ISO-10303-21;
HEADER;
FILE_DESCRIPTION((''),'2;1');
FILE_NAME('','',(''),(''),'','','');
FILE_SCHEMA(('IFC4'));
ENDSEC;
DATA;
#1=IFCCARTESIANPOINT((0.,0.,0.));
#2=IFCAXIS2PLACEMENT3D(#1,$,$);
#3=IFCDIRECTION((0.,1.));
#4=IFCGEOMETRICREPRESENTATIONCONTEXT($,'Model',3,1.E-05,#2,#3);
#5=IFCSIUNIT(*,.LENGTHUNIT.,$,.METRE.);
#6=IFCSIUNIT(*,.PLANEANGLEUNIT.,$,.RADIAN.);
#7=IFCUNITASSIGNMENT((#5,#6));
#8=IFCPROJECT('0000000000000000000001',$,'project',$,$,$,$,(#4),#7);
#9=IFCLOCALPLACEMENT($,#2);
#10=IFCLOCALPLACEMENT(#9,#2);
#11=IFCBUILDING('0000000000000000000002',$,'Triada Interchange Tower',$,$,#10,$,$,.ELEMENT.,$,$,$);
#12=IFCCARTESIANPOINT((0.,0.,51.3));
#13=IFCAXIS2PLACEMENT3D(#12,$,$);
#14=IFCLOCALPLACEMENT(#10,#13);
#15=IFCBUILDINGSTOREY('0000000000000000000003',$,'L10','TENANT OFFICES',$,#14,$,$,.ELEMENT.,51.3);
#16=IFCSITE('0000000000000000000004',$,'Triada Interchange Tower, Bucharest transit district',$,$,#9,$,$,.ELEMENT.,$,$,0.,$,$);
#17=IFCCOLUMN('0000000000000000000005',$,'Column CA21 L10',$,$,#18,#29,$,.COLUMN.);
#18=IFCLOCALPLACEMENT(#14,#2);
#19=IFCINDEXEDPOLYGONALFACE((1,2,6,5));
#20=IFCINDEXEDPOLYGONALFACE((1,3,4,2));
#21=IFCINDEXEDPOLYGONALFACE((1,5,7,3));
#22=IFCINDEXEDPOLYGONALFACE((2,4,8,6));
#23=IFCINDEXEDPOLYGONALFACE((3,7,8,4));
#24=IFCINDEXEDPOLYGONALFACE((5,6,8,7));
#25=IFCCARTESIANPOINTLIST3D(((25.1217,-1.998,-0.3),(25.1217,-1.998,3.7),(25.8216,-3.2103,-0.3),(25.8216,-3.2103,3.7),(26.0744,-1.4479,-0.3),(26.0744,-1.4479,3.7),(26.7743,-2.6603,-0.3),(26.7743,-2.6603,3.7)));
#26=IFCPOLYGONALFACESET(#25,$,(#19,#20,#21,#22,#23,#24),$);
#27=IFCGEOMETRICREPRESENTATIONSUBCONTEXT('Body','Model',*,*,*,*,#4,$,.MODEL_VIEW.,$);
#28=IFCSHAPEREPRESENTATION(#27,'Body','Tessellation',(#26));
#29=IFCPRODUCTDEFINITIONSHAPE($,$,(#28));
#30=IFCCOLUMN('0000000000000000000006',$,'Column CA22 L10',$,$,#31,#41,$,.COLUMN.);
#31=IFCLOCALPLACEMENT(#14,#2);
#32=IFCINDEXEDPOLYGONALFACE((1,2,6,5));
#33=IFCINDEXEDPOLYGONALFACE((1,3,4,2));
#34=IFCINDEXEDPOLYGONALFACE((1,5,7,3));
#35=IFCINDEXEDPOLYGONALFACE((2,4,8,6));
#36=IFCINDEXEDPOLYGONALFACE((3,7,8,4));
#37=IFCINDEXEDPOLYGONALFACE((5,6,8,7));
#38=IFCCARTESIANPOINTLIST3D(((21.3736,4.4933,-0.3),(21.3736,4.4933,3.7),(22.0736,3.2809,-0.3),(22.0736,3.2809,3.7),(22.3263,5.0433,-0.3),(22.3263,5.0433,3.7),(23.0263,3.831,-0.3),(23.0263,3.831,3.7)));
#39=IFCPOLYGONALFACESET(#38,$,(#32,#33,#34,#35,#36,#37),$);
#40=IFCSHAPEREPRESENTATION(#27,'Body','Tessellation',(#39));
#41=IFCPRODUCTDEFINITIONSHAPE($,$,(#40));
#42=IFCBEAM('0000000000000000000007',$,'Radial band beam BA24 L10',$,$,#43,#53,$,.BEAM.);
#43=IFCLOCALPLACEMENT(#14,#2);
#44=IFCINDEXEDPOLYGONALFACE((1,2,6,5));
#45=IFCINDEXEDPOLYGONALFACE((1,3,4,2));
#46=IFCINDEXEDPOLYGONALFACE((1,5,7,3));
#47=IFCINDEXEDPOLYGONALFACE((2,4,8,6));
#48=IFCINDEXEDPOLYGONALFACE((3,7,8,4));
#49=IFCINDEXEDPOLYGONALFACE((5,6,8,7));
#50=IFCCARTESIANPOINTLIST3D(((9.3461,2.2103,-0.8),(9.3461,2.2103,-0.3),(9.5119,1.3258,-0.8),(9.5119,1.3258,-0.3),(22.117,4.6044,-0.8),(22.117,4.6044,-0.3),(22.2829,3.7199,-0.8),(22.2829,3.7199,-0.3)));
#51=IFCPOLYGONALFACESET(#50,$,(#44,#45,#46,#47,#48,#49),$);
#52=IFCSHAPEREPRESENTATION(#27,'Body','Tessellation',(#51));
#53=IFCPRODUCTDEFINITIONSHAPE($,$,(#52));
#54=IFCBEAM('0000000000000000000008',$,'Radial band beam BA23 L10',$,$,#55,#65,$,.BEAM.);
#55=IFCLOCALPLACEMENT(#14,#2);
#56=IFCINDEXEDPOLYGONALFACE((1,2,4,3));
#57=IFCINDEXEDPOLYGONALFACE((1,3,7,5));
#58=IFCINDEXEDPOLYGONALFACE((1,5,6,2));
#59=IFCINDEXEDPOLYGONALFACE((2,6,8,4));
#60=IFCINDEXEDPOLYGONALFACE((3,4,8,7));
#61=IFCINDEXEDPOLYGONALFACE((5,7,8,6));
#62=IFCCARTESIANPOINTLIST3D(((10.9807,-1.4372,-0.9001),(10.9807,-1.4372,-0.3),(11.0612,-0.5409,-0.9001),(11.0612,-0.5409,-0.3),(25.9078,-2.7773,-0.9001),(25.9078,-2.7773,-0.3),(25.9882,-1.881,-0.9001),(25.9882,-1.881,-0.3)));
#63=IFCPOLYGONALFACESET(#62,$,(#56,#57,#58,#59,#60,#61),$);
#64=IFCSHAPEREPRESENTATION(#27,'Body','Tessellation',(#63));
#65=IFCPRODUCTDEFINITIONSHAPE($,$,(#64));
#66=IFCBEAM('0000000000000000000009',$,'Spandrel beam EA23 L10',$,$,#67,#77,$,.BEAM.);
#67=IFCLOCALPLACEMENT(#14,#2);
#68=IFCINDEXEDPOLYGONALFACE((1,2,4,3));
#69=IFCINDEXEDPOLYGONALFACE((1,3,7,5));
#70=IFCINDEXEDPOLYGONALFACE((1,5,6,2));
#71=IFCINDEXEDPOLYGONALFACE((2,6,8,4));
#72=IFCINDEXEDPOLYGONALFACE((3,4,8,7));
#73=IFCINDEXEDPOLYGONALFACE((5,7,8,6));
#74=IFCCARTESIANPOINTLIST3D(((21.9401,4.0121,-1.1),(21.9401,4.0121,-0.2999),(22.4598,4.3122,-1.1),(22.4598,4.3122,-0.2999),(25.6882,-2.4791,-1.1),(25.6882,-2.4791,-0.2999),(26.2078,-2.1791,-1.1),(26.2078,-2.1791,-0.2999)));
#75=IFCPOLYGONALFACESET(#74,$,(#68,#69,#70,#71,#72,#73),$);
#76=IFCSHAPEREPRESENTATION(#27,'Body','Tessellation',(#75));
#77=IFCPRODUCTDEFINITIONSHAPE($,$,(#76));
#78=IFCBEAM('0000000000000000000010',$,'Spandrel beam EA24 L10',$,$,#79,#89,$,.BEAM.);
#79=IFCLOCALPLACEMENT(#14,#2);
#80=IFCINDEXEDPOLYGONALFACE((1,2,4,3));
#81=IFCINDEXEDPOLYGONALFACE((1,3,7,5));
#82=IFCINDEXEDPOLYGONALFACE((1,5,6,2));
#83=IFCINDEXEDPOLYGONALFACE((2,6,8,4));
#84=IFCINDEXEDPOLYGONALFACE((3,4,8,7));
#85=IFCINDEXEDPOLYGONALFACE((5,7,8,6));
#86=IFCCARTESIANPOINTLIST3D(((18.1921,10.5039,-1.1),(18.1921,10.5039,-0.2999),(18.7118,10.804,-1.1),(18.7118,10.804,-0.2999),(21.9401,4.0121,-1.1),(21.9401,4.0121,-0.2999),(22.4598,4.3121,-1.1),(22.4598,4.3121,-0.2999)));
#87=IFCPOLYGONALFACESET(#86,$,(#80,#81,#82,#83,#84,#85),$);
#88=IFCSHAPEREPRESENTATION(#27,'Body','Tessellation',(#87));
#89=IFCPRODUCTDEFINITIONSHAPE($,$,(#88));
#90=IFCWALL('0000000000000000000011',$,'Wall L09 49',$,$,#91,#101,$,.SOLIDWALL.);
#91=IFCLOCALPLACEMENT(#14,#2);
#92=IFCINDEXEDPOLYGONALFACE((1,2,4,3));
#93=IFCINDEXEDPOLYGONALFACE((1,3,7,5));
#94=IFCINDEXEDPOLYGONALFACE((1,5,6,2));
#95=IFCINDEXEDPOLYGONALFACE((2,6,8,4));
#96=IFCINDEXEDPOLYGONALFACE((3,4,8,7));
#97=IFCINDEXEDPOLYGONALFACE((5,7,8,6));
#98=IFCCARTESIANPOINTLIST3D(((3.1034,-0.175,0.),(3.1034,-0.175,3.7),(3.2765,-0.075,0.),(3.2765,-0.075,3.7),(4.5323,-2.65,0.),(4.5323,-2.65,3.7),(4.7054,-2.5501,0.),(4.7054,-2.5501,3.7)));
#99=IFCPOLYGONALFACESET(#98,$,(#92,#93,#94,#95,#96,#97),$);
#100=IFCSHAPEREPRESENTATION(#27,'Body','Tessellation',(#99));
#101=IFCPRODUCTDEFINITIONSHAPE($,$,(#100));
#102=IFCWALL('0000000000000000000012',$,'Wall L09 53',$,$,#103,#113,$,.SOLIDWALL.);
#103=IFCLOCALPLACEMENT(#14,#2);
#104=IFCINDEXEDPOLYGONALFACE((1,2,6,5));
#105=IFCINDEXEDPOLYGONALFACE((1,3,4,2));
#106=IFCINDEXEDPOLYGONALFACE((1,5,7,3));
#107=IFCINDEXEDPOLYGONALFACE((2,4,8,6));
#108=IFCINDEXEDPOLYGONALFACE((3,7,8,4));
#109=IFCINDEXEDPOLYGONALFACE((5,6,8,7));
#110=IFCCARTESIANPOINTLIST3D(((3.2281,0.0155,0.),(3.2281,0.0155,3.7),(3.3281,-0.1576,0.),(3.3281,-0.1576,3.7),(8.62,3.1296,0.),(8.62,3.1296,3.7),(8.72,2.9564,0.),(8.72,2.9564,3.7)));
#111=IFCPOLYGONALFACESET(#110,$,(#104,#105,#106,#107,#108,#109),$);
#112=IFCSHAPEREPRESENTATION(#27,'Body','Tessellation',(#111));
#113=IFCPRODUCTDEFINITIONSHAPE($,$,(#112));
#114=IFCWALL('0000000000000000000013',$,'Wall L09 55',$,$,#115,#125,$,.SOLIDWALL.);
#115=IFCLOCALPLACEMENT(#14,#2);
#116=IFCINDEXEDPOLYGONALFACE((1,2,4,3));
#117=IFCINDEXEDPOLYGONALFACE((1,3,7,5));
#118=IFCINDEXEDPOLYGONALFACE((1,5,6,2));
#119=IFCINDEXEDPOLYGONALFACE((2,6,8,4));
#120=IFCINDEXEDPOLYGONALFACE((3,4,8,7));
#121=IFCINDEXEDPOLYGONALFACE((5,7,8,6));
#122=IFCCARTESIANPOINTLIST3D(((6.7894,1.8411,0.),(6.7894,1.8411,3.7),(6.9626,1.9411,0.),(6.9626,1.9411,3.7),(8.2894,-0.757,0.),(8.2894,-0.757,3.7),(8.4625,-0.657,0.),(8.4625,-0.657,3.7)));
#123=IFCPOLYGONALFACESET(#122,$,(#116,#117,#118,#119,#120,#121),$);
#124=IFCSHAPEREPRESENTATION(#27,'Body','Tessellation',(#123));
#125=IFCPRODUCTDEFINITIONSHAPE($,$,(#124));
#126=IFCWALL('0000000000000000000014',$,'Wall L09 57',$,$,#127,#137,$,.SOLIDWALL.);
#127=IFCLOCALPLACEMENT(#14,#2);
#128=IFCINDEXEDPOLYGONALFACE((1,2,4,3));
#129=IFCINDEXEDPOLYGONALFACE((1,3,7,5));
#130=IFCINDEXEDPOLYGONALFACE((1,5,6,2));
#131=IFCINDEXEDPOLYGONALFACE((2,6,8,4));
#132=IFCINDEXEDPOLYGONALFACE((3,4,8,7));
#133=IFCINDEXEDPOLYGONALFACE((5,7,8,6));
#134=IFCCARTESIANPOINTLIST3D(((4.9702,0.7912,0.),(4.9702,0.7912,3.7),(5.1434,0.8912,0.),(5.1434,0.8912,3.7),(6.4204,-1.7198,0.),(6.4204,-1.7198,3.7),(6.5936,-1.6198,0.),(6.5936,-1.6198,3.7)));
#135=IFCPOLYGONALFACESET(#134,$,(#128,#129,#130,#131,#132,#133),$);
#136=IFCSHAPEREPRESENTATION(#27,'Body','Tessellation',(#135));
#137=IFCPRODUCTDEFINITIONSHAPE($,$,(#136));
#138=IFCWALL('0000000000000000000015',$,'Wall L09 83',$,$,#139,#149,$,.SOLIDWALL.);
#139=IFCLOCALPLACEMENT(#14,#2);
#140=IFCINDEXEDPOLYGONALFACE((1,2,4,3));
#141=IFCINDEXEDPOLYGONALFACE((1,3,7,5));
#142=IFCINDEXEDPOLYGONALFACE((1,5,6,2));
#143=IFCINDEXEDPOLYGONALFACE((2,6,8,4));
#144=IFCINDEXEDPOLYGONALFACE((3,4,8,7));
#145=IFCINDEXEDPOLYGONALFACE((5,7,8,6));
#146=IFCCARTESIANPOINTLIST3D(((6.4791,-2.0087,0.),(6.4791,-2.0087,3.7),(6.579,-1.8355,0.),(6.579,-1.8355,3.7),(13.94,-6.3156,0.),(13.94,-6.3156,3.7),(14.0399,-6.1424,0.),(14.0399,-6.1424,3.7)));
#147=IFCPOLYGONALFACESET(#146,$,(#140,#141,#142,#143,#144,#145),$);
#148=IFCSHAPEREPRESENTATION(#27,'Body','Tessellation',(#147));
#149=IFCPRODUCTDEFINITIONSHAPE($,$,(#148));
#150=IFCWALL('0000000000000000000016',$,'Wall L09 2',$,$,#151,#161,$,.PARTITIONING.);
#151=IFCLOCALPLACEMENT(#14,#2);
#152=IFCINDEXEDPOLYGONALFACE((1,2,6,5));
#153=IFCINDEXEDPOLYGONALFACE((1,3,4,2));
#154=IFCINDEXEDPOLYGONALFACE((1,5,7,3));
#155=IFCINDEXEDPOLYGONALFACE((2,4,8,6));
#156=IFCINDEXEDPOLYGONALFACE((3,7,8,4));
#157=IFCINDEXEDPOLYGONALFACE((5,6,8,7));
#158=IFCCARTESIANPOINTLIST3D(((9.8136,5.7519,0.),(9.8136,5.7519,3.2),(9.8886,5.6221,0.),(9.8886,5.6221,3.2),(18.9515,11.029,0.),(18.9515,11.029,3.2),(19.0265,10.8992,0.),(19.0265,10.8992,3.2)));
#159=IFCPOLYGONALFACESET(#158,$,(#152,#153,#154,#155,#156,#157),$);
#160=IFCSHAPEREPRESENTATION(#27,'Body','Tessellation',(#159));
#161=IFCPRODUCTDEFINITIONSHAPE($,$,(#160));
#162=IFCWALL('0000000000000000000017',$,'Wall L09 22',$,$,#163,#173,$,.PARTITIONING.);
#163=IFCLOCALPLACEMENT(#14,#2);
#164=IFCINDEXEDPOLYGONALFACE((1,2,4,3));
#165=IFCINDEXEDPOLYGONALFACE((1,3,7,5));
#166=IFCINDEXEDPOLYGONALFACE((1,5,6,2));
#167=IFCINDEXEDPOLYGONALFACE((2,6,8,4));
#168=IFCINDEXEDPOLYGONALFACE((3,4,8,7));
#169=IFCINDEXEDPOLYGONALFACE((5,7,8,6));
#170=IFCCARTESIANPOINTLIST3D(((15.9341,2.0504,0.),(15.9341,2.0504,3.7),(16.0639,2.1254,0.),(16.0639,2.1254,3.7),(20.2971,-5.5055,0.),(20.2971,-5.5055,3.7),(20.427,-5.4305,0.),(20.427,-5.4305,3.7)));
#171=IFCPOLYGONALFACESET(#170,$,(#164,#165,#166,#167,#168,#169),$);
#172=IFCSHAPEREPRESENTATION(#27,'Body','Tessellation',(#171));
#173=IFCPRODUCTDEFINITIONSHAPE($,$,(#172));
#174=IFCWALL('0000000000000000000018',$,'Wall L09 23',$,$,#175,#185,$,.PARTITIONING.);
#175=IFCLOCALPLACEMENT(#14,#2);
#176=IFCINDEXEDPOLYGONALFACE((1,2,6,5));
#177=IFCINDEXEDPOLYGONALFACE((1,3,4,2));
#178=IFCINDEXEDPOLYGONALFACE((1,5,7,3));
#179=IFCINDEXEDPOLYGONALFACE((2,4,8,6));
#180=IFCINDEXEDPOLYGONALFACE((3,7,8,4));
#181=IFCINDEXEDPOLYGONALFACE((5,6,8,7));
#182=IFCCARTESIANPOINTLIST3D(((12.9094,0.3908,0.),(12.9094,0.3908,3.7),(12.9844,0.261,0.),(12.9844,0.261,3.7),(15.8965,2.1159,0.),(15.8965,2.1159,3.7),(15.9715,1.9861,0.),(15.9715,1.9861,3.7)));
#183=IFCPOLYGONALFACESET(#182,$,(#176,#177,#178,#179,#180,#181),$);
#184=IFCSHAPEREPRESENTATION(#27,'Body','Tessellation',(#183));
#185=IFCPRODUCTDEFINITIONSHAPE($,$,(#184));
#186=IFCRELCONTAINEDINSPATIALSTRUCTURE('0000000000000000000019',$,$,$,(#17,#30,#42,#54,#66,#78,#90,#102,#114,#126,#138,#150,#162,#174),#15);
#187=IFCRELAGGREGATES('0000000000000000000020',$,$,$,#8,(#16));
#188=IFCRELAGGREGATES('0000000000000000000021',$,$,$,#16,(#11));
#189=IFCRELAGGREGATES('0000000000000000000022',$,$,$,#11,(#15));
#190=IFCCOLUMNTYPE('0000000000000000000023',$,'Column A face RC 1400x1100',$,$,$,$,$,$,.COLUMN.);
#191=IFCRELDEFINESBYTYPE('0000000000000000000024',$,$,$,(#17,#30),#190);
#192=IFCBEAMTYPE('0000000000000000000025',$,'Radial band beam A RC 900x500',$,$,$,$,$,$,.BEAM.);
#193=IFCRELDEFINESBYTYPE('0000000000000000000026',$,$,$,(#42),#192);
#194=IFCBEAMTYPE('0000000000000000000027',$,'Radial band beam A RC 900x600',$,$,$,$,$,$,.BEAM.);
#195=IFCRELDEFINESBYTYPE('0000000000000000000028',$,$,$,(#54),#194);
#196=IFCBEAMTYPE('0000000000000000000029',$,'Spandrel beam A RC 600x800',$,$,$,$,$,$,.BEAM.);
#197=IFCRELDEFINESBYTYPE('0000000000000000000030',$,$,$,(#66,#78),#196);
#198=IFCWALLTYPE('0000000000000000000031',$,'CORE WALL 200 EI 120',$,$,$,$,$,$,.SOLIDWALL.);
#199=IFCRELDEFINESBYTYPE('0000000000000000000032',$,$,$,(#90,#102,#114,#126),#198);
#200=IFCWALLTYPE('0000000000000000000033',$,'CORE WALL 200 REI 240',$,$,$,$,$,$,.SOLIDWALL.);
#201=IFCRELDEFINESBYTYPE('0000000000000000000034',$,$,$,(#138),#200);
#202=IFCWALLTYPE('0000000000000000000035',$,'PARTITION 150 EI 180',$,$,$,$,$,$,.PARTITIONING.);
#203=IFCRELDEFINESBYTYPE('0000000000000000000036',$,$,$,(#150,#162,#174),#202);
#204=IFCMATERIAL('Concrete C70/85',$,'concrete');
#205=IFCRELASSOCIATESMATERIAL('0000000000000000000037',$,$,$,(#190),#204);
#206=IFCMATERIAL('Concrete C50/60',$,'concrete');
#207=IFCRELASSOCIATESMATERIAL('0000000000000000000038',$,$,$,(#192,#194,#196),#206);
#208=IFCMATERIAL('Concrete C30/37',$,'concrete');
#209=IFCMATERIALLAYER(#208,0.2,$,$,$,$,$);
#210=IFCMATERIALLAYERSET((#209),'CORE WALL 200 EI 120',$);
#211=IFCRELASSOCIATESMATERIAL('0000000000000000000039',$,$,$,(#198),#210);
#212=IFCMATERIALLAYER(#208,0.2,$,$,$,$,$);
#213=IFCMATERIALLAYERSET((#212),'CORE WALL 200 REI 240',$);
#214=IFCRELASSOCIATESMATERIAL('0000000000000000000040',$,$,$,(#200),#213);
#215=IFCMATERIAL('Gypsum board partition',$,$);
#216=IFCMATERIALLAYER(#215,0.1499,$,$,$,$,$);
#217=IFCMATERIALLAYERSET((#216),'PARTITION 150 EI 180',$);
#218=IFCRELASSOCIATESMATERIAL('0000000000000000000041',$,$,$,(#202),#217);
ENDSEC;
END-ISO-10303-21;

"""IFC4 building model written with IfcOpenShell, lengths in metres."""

from ifc_helpers import new_model, si_unit, direction, frame, frame_2d, origin, origin_2d, place, context, subcontext, project, spatial, rectangle, extrude, material, layer, layer_set, material_profile, profile_set, type_object, element, save


model = new_model("IFC4")

# Units and contexts
model_context = context("Model", 3, precision=1e-05, world=origin(), true_north=direction((0.0, 1.0)))
body_context = subcontext(model_context, "Body", "Model", "MODEL_VIEW")
ifc_project = project(units=[si_unit("LENGTHUNIT", "METRE"), si_unit("PLANEANGLEUNIT", "RADIAN")], contexts=[model_context])

# Site, building, storey
site_placement = place(None, origin())
site = spatial("IfcSite", under=ifc_project, at=site_placement, Name="Triada Interchange Tower, Bucharest transit district", CompositionType="ELEMENT", RefElevation=0.0)
building_placement = place(site_placement, origin())
building = spatial("IfcBuilding", under=site, at=building_placement, Name="Triada Interchange Tower", CompositionType="ELEMENT")
storey_placement = place(building_placement, frame((0.0, 0.0, 51.3)))
storey = spatial("IfcBuildingStorey", under=building, at=storey_placement, Name="L10", Description="TENANT OFFICES", CompositionType="ELEMENT", Elevation=51.3)

# Columns
ifc_material_1 = material(Name="Concrete C70/85", Category="concrete")
ifc_material_profile_1 = material_profile(ifc_material_1, rectangle(XDim=1.3999, YDim=1.1001, at=origin_2d()), Name="RC 1400x1100")
ifc_profile_set_1 = profile_set([ifc_material_profile_1], Name="Concrete C70/85")
column_type = type_object("IfcColumnType", Name="Column A face RC 1400x1100", PredefinedType="COLUMN", material=ifc_profile_set_1)
for number, where, z_axis, x_axis, name in (
    (1, (25.948, -2.3291, -0.3), (0.0, 0.0, 1.0), (-0.5, 0.866025, 0.0), "Column CA21 L10"),
    (2, (22.2, 4.1621, -0.3), (0.0, 0.0, 1.0), (-0.5, 0.866025, 0.0), "Column CA22 L10"),
):
    element("IfcColumn", number, at=place(storey_placement, frame(where, z_axis=z_axis, x_axis=x_axis)), inside=storey, type_object=column_type, Name=name, PredefinedType="COLUMN", context=body_context, shape_type="SweptSolid", body=[
        extrude(rectangle(XDim=1.3999, YDim=1.1001, at=origin_2d()), origin(), (0.0, 0.0, 1.0), 4.0),
    ])

# Beams
ifc_material_2 = material(Name="Concrete C50/60", Category="concrete")
ifc_material_profile_2 = material_profile(ifc_material_2, rectangle(XDim=0.8999, YDim=0.5, at=origin_2d()), Name="RC 900x500")
ifc_profile_set_2 = profile_set([ifc_material_profile_2], Name="Concrete C50/60")
beam_type_1 = type_object("IfcBeamType", Name="Radial band beam A RC 900x500", PredefinedType="BEAM", material=ifc_profile_set_2)
beam_1_placement = place(storey_placement, frame((22.2, 4.1621, -0.55), z_axis=(-0.982879, -0.18425, 0.0), x_axis=(0.18425, -0.982879, 0.0)))
element("IfcBeam", 3, at=beam_1_placement, inside=storey, type_object=beam_type_1, Name="Radial band beam BA24 L10", PredefinedType="BEAM", context=body_context, shape_type="SweptSolid", body=[
    extrude(rectangle(XDim=0.8999, YDim=0.5, at=origin_2d()), origin(), (0.0, 0.0, 1.0), 12.9934),
])
ifc_material_profile_3 = material_profile(ifc_material_2, rectangle(XDim=0.8999, YDim=0.6001, at=origin_2d()), Name="RC 900x600")
ifc_profile_set_3 = profile_set([ifc_material_profile_3], Name="Concrete C50/60")
beam_type_2 = type_object("IfcBeamType", Name="Radial band beam A RC 900x600", PredefinedType="BEAM", material=ifc_profile_set_3)
beam_2_placement = place(storey_placement, frame((25.948, -2.3291, -0.6001), z_axis=(-0.995994, 0.089416, 0.0), x_axis=(-0.089416, -0.995994, 0.0)))
element("IfcBeam", 4, at=beam_2_placement, inside=storey, type_object=beam_type_2, Name="Radial band beam BA23 L10", PredefinedType="BEAM", context=body_context, shape_type="SweptSolid", body=[
    extrude(rectangle(XDim=0.8999, YDim=0.6001, at=origin_2d()), origin(), (0.0, 0.0, 1.0), 14.9871),
])
ifc_material_profile_4 = material_profile(ifc_material_2, rectangle(XDim=0.6001, YDim=0.8, at=origin_2d()), Name="RC 600x800")
ifc_profile_set_4 = profile_set([ifc_material_profile_4], Name="Concrete C50/60")
beam_type_3 = type_object("IfcBeamType", Name="Spandrel beam A RC 600x800", PredefinedType="BEAM", material=ifc_profile_set_4)
beam_3_placement = place(storey_placement, frame((25.948, -2.3291, -0.7), z_axis=(-0.500034, 0.866006, 0.0), x_axis=(-0.866006, -0.500034, 0.0)))
element("IfcBeam", 5, at=beam_3_placement, inside=storey, type_object=beam_type_3, Name="Spandrel beam EA23 L10", PredefinedType="BEAM", context=body_context, shape_type="SweptSolid", body=[
    extrude(rectangle(XDim=0.6001, YDim=0.8, at=origin_2d()), origin(), (0.0, 0.0, 1.0), 7.4956),
])
beam_4_placement = place(storey_placement, frame((22.2, 4.1621, -0.7), z_axis=(-0.499992, 0.86603, 0.0), x_axis=(-0.86603, -0.499992, 0.0)))
element("IfcBeam", 6, at=beam_4_placement, inside=storey, type_object=beam_type_3, Name="Spandrel beam EA24 L10", PredefinedType="BEAM", context=body_context, shape_type="SweptSolid", body=[
    extrude(rectangle(XDim=0.6001, YDim=0.8, at=origin_2d()), origin(), (0.0, 0.0, 1.0), 7.4961),
])

# Walls
ifc_material_3 = material(Name="Concrete C30/37", Category="concrete")
ifc_layer_1 = layer(ifc_material_3, 0.2)
ifc_layer_set_1 = layer_set([ifc_layer_1], Name="CORE WALL 200 EI 120")
wall_type_1 = type_object("IfcWallType", Name="CORE WALL 200 EI 120", PredefinedType="SOLIDWALL", material=ifc_layer_set_1)
wall_1_placement = place(storey_placement, frame((3.1899, -0.125, 0.0), z_axis=(0.0, 0.0, 1.0), x_axis=(0.499989, -0.866032, 0.0)))
element("IfcWall", 7, at=wall_1_placement, inside=storey, type_object=wall_type_1, Name="Wall L09 49", PredefinedType="SOLIDWALL", context=body_context, shape_type="SweptSolid", body=[
    extrude(rectangle(XDim=2.8579, YDim=0.2, at=frame_2d((1.429, 0.0))), origin(), (0.0, 0.0, 1.0), 3.7),
])
wall_2_placement = place(storey_placement, frame((3.2781, -0.071, 0.0), z_axis=(0.0, 0.0, 1.0), x_axis=(0.865954, 0.500124, 0.0)))
element("IfcWall", 8, at=wall_2_placement, inside=storey, type_object=wall_type_1, Name="Wall L09 53", PredefinedType="SOLIDWALL", context=body_context, shape_type="SweptSolid", body=[
    extrude(rectangle(XDim=6.2266, YDim=0.2, at=frame_2d((3.1133, 0.0))), origin(), (0.0, 0.0, 1.0), 3.7),
])
wall_3_placement = place(storey_placement, frame((6.876, 1.8911, 0.0), z_axis=(0.0, 0.0, 1.0), x_axis=(0.49999, -0.866031, 0.0)))
element("IfcWall", 9, at=wall_3_placement, inside=storey, type_object=wall_type_1, Name="Wall L09 55", PredefinedType="SOLIDWALL", context=body_context, shape_type="SweptSolid", body=[
    extrude(rectangle(XDim=3.0, YDim=0.2, at=frame_2d((1.5, 0.0))), origin(), (0.0, 0.0, 1.0), 3.7),
])
wall_4_placement = place(storey_placement, frame((5.0569, 0.8411, 0.0), z_axis=(0.0, 0.0, 1.0), x_axis=(0.500123, -0.865954, 0.0)))
element("IfcWall", 10, at=wall_4_placement, inside=storey, type_object=wall_type_1, Name="Wall L09 57", PredefinedType="SOLIDWALL", context=body_context, shape_type="SweptSolid", body=[
    extrude(rectangle(XDim=2.8997, YDim=0.2, at=frame_2d((1.4497, 0.0))), origin(), (0.0, 0.0, 1.0), 3.7),
])
ifc_layer_2 = layer(ifc_material_3, 0.2)
ifc_layer_set_2 = layer_set([ifc_layer_2], Name="CORE WALL 200 REI 240")
wall_type_2 = type_object("IfcWallType", Name="CORE WALL 200 REI 240", PredefinedType="SOLIDWALL", material=ifc_layer_set_2)
wall_5_placement = place(storey_placement, frame((6.5291, -1.9221, 0.0), z_axis=(0.0, 0.0, 1.0), x_axis=(0.86606, -0.49994, 0.0)))
element("IfcWall", 11, at=wall_5_placement, inside=storey, type_object=wall_type_2, Name="Wall L09 83", PredefinedType="SOLIDWALL", context=body_context, shape_type="SweptSolid", body=[
    extrude(rectangle(XDim=8.6147, YDim=0.2, at=frame_2d((4.3074, 0.0))), origin(), (0.0, 0.0, 1.0), 3.7),
])
ifc_material_4 = material(Name="Gypsum board partition")
ifc_layer_3 = layer(ifc_material_4, 0.1499)
ifc_layer_set_3 = layer_set([ifc_layer_3], Name="PARTITION 150 EI 180")
wall_type_3 = type_object("IfcWallType", Name="PARTITION 150 EI 180", PredefinedType="PARTITIONING", material=ifc_layer_set_3)
wall_6_placement = place(storey_placement, frame((9.8511, 5.687, 0.0), z_axis=(0.0, 0.0, 1.0), x_axis=(0.865972, 0.500093, 0.0)))
element("IfcWall", 12, at=wall_6_placement, inside=storey, type_object=wall_type_3, Name="Wall L09 2", PredefinedType="PARTITIONING", context=body_context, shape_type="SweptSolid", body=[
    extrude(rectangle(XDim=10.5522, YDim=0.1499, at=frame_2d((5.2761, 0.0))), origin(), (0.0, 0.0, 1.0), 3.2),
])
wall_7_placement = place(storey_placement, frame((15.999, 2.0879, 0.0), z_axis=(0.0, 0.0, 1.0), x_axis=(0.500054, -0.865994, 0.0)))
element("IfcWall", 13, at=wall_7_placement, inside=storey, type_object=wall_type_3, Name="Wall L09 22", PredefinedType="PARTITIONING", context=body_context, shape_type="SweptSolid", body=[
    extrude(rectangle(XDim=8.7251, YDim=0.1499, at=frame_2d((4.3625, 0.0))), origin(), (0.0, 0.0, 1.0), 3.7),
])
wall_8_placement = place(storey_placement, frame((12.947, 0.3259, 0.0), z_axis=(0.0, 0.0, 1.0), x_axis=(0.86596, 0.500113, 0.0)))
element("IfcWall", 14, at=wall_8_placement, inside=storey, type_object=wall_type_3, Name="Wall L09 23", PredefinedType="PARTITIONING", context=body_context, shape_type="SweptSolid", body=[
    extrude(rectangle(XDim=3.4495, YDim=0.1499, at=frame_2d((1.7246, 0.0))), origin(), (0.0, 0.0, 1.0), 3.7),
])

save(model, "model.ifc")
